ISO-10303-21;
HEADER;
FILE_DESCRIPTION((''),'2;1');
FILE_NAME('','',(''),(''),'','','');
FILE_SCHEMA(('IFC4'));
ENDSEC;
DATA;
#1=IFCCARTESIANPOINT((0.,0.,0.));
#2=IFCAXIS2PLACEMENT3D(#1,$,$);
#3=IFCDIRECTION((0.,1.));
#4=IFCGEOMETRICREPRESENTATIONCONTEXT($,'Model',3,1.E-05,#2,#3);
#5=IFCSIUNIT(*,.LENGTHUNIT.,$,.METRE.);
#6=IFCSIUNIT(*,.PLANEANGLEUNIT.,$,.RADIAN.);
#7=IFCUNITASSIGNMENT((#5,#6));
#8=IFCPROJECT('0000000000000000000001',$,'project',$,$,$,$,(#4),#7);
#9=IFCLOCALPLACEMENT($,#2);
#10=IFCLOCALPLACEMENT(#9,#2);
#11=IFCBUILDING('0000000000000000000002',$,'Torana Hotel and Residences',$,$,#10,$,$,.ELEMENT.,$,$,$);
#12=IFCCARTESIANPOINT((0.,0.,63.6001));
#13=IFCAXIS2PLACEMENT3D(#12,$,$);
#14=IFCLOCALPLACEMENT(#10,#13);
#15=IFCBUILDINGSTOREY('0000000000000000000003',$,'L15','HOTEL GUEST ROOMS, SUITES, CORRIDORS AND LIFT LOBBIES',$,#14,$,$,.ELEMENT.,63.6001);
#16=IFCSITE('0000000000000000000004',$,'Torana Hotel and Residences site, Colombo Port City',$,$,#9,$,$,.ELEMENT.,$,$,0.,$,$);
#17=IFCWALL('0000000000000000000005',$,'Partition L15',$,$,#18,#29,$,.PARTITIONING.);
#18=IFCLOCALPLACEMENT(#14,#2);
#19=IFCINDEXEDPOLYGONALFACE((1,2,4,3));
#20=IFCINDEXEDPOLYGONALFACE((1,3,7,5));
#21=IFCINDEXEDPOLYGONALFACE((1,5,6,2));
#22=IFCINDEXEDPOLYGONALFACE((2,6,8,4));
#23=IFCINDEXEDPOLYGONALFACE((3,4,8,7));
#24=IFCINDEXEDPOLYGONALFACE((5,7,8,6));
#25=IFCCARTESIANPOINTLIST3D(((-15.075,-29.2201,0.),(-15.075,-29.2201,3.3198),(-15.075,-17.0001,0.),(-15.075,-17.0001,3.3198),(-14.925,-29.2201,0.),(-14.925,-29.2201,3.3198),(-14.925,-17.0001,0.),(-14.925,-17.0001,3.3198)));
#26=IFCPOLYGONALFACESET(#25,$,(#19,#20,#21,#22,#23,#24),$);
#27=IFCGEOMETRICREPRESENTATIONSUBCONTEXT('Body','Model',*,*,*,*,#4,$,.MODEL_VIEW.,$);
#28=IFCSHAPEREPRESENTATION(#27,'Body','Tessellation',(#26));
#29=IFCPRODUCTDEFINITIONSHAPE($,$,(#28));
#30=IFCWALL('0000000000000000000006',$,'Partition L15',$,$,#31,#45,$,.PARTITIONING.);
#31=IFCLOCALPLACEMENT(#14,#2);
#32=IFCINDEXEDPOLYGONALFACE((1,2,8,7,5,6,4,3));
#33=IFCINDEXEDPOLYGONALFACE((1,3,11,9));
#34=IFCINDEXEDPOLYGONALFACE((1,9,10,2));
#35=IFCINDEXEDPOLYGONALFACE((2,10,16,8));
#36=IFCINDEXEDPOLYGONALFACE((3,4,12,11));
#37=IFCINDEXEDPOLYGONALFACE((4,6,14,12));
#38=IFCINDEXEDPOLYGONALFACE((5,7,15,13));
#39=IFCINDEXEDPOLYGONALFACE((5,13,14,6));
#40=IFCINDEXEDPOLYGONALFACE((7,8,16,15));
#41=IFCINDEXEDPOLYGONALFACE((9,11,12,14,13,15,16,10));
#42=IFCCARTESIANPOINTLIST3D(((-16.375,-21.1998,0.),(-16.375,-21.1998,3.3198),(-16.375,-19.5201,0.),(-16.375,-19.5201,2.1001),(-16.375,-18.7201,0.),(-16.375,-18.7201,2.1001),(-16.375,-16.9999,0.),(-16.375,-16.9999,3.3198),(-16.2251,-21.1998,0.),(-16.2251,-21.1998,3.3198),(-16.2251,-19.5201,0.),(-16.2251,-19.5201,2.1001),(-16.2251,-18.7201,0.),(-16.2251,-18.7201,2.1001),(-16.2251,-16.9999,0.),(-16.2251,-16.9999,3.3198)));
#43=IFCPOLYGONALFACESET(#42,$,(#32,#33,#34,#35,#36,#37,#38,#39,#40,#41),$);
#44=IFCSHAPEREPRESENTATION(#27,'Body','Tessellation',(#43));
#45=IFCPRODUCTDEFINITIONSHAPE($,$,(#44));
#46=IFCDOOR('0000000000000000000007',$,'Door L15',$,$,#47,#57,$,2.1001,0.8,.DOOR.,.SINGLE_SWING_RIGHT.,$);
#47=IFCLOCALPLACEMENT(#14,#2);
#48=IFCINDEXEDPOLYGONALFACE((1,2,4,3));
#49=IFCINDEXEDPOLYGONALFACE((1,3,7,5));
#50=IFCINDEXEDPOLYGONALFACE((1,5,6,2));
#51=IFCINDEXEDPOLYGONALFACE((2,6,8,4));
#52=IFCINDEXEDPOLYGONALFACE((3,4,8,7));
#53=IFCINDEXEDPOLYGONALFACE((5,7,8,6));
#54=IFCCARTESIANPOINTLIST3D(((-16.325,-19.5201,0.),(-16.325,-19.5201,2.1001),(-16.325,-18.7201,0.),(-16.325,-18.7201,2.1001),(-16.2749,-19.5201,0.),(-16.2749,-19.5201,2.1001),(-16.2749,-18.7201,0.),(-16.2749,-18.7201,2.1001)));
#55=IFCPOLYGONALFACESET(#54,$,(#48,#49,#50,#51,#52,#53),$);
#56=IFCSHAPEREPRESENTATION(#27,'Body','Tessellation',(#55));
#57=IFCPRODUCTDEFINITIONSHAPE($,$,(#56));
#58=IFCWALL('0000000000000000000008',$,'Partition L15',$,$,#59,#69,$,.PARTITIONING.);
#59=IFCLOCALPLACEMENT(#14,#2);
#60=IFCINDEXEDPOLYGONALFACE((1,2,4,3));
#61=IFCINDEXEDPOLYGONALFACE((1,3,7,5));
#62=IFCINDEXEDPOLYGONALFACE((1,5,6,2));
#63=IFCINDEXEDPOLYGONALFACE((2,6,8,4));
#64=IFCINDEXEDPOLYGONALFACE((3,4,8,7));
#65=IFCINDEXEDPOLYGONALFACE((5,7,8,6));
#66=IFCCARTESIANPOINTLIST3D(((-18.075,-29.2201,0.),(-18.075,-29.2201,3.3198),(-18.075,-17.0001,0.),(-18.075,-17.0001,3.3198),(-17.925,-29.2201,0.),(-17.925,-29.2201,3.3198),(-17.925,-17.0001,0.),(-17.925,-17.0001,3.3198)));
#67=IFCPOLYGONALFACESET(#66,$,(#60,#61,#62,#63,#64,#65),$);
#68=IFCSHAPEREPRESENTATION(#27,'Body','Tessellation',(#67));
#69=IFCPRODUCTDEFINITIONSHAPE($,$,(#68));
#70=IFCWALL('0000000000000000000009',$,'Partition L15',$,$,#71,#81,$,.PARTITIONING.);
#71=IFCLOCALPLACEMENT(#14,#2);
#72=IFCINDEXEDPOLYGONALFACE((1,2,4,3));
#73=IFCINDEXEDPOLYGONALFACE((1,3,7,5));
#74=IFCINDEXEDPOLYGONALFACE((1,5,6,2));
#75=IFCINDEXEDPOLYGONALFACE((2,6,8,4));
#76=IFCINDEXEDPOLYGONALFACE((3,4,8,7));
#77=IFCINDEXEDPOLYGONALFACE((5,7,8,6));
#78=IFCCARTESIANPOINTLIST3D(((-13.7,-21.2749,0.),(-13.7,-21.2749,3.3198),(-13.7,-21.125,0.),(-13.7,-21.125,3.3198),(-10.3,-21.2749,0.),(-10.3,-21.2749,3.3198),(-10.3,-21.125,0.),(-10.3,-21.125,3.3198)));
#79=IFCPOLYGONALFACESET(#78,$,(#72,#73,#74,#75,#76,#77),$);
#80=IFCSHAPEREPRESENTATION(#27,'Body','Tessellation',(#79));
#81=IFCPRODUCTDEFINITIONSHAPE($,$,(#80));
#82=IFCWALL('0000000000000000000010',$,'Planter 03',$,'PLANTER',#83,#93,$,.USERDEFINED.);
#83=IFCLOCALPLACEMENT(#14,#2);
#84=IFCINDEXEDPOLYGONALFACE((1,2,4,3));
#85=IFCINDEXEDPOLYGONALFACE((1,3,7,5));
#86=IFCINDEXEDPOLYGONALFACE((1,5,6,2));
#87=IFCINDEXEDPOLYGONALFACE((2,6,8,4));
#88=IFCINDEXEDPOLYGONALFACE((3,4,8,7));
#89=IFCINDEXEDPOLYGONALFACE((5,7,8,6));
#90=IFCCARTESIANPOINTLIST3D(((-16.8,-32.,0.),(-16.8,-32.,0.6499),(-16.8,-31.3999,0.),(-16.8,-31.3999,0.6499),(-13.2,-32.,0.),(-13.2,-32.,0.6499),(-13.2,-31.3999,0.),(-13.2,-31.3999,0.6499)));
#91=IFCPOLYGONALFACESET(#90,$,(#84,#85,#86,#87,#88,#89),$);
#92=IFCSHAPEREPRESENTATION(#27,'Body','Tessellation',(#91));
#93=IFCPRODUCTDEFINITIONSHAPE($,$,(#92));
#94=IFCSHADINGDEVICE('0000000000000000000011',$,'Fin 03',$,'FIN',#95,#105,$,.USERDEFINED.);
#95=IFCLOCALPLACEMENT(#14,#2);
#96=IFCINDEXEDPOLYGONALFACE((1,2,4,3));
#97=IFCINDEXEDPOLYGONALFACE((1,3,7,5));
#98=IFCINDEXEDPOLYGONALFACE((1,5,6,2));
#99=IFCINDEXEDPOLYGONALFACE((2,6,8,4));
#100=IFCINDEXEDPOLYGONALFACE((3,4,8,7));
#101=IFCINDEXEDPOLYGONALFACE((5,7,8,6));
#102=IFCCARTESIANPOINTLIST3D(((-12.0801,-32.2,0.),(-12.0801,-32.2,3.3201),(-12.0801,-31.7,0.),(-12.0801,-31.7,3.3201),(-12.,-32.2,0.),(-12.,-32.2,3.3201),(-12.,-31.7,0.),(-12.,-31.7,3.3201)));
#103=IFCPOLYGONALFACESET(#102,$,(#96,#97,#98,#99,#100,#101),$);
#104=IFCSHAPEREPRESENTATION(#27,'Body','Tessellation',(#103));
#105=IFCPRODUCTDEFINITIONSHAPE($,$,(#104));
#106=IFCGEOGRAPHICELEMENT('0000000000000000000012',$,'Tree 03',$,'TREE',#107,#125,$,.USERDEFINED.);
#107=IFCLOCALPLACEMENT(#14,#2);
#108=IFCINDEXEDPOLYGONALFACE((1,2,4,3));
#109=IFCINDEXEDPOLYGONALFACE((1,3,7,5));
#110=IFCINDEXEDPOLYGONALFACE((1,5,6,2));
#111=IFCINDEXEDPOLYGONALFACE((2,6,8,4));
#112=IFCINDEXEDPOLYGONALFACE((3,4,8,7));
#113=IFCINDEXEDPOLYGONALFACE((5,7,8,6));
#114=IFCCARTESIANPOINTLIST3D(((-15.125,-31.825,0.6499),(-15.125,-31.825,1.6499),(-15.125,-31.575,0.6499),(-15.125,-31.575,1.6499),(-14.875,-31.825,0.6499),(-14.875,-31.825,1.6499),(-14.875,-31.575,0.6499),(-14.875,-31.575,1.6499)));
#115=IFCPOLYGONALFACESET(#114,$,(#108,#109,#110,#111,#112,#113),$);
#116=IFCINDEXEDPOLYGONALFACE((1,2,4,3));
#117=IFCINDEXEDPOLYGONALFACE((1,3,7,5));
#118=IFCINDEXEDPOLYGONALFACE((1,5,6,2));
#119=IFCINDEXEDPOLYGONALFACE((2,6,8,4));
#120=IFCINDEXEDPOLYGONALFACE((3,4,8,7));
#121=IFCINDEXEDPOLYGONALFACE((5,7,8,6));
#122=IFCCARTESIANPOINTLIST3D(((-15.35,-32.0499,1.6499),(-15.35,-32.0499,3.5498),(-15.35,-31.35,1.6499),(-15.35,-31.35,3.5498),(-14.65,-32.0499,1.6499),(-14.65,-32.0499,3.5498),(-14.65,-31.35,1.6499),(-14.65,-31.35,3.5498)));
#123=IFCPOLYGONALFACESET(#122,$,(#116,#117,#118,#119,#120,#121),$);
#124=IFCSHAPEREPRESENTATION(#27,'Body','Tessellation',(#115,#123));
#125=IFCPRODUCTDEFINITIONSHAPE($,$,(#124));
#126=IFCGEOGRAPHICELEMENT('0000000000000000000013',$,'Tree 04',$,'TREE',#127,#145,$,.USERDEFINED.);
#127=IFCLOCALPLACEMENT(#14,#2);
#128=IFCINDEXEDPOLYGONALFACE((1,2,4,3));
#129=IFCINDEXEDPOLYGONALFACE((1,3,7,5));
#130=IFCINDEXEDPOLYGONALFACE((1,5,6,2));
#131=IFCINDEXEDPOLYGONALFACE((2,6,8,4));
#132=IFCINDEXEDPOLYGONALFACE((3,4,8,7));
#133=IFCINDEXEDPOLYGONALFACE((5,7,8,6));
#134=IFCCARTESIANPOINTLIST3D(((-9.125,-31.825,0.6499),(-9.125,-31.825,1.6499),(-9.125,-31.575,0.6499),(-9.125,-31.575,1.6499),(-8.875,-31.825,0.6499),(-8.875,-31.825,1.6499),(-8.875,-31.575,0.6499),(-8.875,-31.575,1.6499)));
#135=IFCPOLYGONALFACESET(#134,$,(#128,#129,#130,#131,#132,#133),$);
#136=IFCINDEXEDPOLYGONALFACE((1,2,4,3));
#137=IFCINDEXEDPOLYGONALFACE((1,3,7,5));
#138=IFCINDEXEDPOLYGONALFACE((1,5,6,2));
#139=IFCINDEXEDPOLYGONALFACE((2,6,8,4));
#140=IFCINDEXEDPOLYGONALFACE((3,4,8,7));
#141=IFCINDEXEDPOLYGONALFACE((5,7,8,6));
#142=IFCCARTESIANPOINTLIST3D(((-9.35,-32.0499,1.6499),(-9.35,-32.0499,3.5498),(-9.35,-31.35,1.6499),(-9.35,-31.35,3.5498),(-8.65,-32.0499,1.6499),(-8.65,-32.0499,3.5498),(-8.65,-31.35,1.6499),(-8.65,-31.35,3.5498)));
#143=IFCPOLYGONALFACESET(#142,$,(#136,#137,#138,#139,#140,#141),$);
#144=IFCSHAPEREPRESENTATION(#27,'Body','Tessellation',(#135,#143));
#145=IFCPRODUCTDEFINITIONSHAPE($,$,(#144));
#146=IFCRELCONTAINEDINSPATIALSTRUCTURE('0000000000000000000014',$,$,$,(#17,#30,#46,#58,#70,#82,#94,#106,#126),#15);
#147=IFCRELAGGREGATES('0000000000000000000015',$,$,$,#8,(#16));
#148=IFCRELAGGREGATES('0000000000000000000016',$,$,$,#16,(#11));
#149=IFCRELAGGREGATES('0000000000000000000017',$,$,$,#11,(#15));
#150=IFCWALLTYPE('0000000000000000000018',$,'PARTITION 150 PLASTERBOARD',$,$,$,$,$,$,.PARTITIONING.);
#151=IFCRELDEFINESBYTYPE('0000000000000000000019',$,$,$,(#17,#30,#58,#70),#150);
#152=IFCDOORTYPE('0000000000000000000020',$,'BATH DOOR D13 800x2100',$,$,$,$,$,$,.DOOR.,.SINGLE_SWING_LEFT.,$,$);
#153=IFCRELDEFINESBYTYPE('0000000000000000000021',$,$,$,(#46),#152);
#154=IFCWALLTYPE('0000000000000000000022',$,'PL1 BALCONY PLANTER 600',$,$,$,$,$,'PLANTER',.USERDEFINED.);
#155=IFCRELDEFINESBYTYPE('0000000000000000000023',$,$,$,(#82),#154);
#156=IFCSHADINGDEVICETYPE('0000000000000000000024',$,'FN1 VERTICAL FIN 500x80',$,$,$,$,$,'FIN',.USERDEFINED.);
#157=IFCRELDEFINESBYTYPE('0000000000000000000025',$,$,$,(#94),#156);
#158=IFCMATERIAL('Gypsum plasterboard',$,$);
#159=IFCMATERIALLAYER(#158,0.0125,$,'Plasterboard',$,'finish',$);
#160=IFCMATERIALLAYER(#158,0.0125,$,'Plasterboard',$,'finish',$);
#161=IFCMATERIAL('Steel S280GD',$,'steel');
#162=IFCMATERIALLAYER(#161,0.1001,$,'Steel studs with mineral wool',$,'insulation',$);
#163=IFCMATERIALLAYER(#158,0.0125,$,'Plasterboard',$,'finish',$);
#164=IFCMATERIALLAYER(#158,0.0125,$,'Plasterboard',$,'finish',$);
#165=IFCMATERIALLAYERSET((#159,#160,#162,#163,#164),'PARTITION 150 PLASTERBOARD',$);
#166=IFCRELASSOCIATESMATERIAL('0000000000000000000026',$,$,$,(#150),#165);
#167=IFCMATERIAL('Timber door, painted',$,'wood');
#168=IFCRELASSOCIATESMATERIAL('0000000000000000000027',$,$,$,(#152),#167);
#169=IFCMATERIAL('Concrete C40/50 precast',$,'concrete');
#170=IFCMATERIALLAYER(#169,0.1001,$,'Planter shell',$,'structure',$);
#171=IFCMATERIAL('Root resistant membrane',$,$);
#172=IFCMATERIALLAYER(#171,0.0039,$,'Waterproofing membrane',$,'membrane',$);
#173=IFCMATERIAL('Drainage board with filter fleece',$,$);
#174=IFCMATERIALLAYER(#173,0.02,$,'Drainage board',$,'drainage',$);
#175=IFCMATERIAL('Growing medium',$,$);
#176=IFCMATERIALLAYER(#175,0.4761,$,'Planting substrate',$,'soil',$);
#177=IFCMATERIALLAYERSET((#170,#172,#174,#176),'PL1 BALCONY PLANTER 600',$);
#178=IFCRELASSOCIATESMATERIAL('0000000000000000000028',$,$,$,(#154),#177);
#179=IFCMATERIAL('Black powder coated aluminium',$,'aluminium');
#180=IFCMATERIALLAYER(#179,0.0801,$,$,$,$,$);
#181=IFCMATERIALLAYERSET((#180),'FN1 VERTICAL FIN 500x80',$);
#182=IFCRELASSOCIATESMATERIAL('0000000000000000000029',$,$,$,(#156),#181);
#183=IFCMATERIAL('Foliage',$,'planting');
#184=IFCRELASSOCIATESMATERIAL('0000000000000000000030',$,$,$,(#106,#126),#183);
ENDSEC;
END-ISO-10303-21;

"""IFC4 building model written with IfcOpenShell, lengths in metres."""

from ifc_helpers import new_model, si_unit, direction, frame, frame_2d, origin, origin_2d, place, context, subcontext, project, spatial, rectangle, extrude, material, layer, layer_set, type_object, element, fill, save


model = new_model("IFC4")

# Units and contexts
model_context = context("Model", 3, precision=1e-05, world=origin(), true_north=direction((0.0, 1.0)))
body_context = subcontext(model_context, "Body", "Model", "MODEL_VIEW")
ifc_project = project(units=[si_unit("LENGTHUNIT", "METRE"), si_unit("PLANEANGLEUNIT", "RADIAN")], contexts=[model_context])

# Site, building, storey
site_placement = place(None, origin())
site = spatial("IfcSite", under=ifc_project, at=site_placement, Name="Torana Hotel and Residences site, Colombo Port City", CompositionType="ELEMENT", RefElevation=0.0)
building_placement = place(site_placement, origin())
building = spatial("IfcBuilding", under=site, at=building_placement, Name="Torana Hotel and Residences", CompositionType="ELEMENT")
storey_placement = place(building_placement, frame((0.0, 0.0, 63.6001)))
storey = spatial("IfcBuildingStorey", under=building, at=storey_placement, Name="L15", Description="HOTEL GUEST ROOMS, SUITES, CORRIDORS AND LIFT LOBBIES", CompositionType="ELEMENT", Elevation=63.6001)

# Shared definitions
ifc_material_1 = material(Name="Gypsum plasterboard")
ifc_layer_1 = layer(ifc_material_1, 0.0125, Name="Plasterboard", Category="finish")
ifc_layer_2 = layer(ifc_material_1, 0.0125, Name="Plasterboard", Category="finish")
ifc_material_2 = material(Name="Steel S280GD", Category="steel")
ifc_layer_3 = layer(ifc_material_2, 0.1001, Name="Steel studs with mineral wool", Category="insulation")
ifc_layer_4 = layer(ifc_material_1, 0.0125, Name="Plasterboard", Category="finish")
ifc_layer_5 = layer(ifc_material_1, 0.0125, Name="Plasterboard", Category="finish")
ifc_layer_set_1 = layer_set([ifc_layer_1, ifc_layer_2, ifc_layer_3, ifc_layer_4, ifc_layer_5], Name="PARTITION 150 PLASTERBOARD")
wall_type_1 = type_object("IfcWallType", Name="PARTITION 150 PLASTERBOARD", PredefinedType="PARTITIONING", material=ifc_layer_set_1)
ifc_material_3 = material(Name="Timber door, painted", Category="wood")
door_type = type_object("IfcDoorType", Name="BATH DOOR D13 800x2100", OperationType="SINGLE_SWING_LEFT", PredefinedType="DOOR", material=ifc_material_3)

# Wall
wall_1_placement = place(storey_placement, frame((-15.0, -29.22, 0.0), z_axis=(0.0, 0.0, 1.0), x_axis=(0.0, 1.0, 0.0)))
element("IfcWall", 1, at=wall_1_placement, inside=storey, type_object=wall_type_1, Name="Partition L15", PredefinedType="PARTITIONING", context=body_context, shape_type="SweptSolid", body=[
    extrude(rectangle(XDim=12.22, YDim=0.1499, at=frame_2d((6.1099, 0.0))), origin(), (0.0, 0.0, 1.0), 3.3198),
])

# Wall, opening, door
wall_2_placement = place(storey_placement, frame((-16.3, -21.2, 0.0), z_axis=(0.0, 0.0, 1.0), x_axis=(0.0, 1.0, 0.0)))
wall_2 = element("IfcWall", 2, at=wall_2_placement, inside=storey, type_object=wall_type_1, Name="Partition L15", PredefinedType="PARTITIONING", context=body_context, shape_type="SweptSolid", body=[
    extrude(rectangle(XDim=4.2, YDim=0.1499, at=frame_2d((2.1001, 0.0))), origin(), (0.0, 0.0, 1.0), 3.3198),
])
opening_1_placement = place(wall_2_placement, frame((1.6799, 0.0, 0.0)))
opening_1 = element("IfcOpeningElement", 3, at=opening_1_placement, cuts=wall_2, PredefinedType="OPENING", context=body_context, shape_type="SweptSolid", body=[
    extrude(rectangle(XDim=0.8, YDim=2.1001, at=frame_2d((0.3999, 1.05))), frame((0.0, 0.085, 0.0), z_axis=(0.0, -1.0, 0.0), x_axis=(1.0, 0.0, 0.0)), (0.0, 0.0, 1.0), 0.1699),
])
door_1_placement = place(opening_1_placement, origin())
door_1 = element("IfcDoor", 4, at=door_1_placement, inside=storey, type_object=door_type, Name="Door L15", OperationType="SINGLE_SWING_RIGHT", OverallHeight=2.1001, OverallWidth=0.8, PredefinedType="DOOR", context=body_context, shape_type="SweptSolid", body=[
    extrude(rectangle(XDim=0.8, YDim=2.1001, at=frame_2d((0.3999, 1.05))), frame((0.0, 0.0249, 0.0), z_axis=(0.0, -1.0, 0.0), x_axis=(1.0, 0.0, 0.0)), (0.0, 0.0, 1.0), 0.05),
])
fill(opening_1, door_1)

# Walls
wall_3_placement = place(storey_placement, frame((-18.0, -29.22, 0.0), z_axis=(0.0, 0.0, 1.0), x_axis=(0.0, 1.0, 0.0)))
element("IfcWall", 5, at=wall_3_placement, inside=storey, type_object=wall_type_1, Name="Partition L15", PredefinedType="PARTITIONING", context=body_context, shape_type="SweptSolid", body=[
    extrude(rectangle(XDim=12.22, YDim=0.1499, at=frame_2d((6.1099, 0.0))), origin(), (0.0, 0.0, 1.0), 3.3198),
])
wall_4_placement = place(storey_placement, frame((-13.7, -21.2, 0.0), z_axis=(0.0, 0.0, 1.0), x_axis=(1.0, 0.0, 0.0)))
element("IfcWall", 6, at=wall_4_placement, inside=storey, type_object=wall_type_1, Name="Partition L15", PredefinedType="PARTITIONING", context=body_context, shape_type="SweptSolid", body=[
    extrude(rectangle(XDim=3.3999, YDim=0.1499, at=frame_2d((1.7, 0.0))), origin(), (0.0, 0.0, 1.0), 3.3198),
])
ifc_material_4 = material(Name="Concrete C40/50 precast", Category="concrete")
ifc_layer_6 = layer(ifc_material_4, 0.1001, Name="Planter shell", Category="structure")
ifc_material_5 = material(Name="Root resistant membrane")
ifc_layer_7 = layer(ifc_material_5, 0.0039, Name="Waterproofing membrane", Category="membrane")
ifc_material_6 = material(Name="Drainage board with filter fleece")
ifc_layer_8 = layer(ifc_material_6, 0.02, Name="Drainage board", Category="drainage")
ifc_material_7 = material(Name="Growing medium")
ifc_layer_9 = layer(ifc_material_7, 0.4761, Name="Planting substrate", Category="soil")
ifc_layer_set_2 = layer_set([ifc_layer_6, ifc_layer_7, ifc_layer_8, ifc_layer_9], Name="PL1 BALCONY PLANTER 600")
wall_type_2 = type_object("IfcWallType", Name="PL1 BALCONY PLANTER 600", ElementType="PLANTER", PredefinedType="USERDEFINED", material=ifc_layer_set_2)
wall_5_placement = place(storey_placement, frame((-13.2, -31.7, 0.0), z_axis=(0.0, 0.0, 1.0), x_axis=(-1.0, 0.0, 0.0)))
element("IfcWall", 7, at=wall_5_placement, inside=storey, type_object=wall_type_2, Name="Planter 03", ObjectType="PLANTER", PredefinedType="USERDEFINED", context=body_context, shape_type="SweptSolid", body=[
    extrude(rectangle(XDim=3.6001, YDim=0.6001, at=frame_2d((1.8, 0.0))), origin(), (0.0, 0.0, 1.0), 0.6499),
])

# Shading device
ifc_material_8 = material(Name="Black powder coated aluminium", Category="aluminium")
ifc_layer_10 = layer(ifc_material_8, 0.0801)
ifc_layer_set_3 = layer_set([ifc_layer_10], Name="FN1 VERTICAL FIN 500x80")
shading_device_type = type_object("IfcShadingDeviceType", Name="FN1 VERTICAL FIN 500x80", ElementType="FIN", PredefinedType="USERDEFINED", material=ifc_layer_set_3)
shading_device_placement = place(storey_placement, frame((-12.04, -31.95, 0.0), z_axis=(0.0, 0.0, 1.0), x_axis=(-1.0, 0.0, 0.0)))
element("IfcShadingDevice", 8, at=shading_device_placement, inside=storey, type_object=shading_device_type, Name="Fin 03", ObjectType="FIN", PredefinedType="USERDEFINED", context=body_context, shape_type="SweptSolid", body=[
    extrude(rectangle(XDim=0.0801, YDim=0.5, at=origin_2d()), origin(), (0.0, 0.0, 1.0), 3.3201),
])

# Geographic elements
ifc_material_9 = material(Name="Foliage", Category="planting")
for number, where, z_axis, x_axis, name in (
    (9, (-15.0, -31.7, 0.6499), (0.0, 0.0, 1.0), (1.0, 0.0, 0.0), "Tree 03"),
    (10, (-9.0, -31.7, 0.6499), (0.0, 0.0, 1.0), (1.0, 0.0, 0.0), "Tree 04"),
):
    element("IfcGeographicElement", number, at=place(storey_placement, frame(where, z_axis=z_axis, x_axis=x_axis)), inside=storey, material=ifc_material_9, Name=name, ObjectType="TREE", PredefinedType="USERDEFINED", context=body_context, shape_type="SweptSolid", body=[
        extrude(rectangle(XDim=0.25, YDim=0.25, at=origin_2d()), origin(), (0.0, 0.0, 1.0), 1.0),
        extrude(rectangle(XDim=0.7, YDim=0.7, at=origin_2d()), frame((0.0, 0.0, 1.0)), (0.0, 0.0, 1.0), 1.8999),
    ])

save(model, "model.ifc")
